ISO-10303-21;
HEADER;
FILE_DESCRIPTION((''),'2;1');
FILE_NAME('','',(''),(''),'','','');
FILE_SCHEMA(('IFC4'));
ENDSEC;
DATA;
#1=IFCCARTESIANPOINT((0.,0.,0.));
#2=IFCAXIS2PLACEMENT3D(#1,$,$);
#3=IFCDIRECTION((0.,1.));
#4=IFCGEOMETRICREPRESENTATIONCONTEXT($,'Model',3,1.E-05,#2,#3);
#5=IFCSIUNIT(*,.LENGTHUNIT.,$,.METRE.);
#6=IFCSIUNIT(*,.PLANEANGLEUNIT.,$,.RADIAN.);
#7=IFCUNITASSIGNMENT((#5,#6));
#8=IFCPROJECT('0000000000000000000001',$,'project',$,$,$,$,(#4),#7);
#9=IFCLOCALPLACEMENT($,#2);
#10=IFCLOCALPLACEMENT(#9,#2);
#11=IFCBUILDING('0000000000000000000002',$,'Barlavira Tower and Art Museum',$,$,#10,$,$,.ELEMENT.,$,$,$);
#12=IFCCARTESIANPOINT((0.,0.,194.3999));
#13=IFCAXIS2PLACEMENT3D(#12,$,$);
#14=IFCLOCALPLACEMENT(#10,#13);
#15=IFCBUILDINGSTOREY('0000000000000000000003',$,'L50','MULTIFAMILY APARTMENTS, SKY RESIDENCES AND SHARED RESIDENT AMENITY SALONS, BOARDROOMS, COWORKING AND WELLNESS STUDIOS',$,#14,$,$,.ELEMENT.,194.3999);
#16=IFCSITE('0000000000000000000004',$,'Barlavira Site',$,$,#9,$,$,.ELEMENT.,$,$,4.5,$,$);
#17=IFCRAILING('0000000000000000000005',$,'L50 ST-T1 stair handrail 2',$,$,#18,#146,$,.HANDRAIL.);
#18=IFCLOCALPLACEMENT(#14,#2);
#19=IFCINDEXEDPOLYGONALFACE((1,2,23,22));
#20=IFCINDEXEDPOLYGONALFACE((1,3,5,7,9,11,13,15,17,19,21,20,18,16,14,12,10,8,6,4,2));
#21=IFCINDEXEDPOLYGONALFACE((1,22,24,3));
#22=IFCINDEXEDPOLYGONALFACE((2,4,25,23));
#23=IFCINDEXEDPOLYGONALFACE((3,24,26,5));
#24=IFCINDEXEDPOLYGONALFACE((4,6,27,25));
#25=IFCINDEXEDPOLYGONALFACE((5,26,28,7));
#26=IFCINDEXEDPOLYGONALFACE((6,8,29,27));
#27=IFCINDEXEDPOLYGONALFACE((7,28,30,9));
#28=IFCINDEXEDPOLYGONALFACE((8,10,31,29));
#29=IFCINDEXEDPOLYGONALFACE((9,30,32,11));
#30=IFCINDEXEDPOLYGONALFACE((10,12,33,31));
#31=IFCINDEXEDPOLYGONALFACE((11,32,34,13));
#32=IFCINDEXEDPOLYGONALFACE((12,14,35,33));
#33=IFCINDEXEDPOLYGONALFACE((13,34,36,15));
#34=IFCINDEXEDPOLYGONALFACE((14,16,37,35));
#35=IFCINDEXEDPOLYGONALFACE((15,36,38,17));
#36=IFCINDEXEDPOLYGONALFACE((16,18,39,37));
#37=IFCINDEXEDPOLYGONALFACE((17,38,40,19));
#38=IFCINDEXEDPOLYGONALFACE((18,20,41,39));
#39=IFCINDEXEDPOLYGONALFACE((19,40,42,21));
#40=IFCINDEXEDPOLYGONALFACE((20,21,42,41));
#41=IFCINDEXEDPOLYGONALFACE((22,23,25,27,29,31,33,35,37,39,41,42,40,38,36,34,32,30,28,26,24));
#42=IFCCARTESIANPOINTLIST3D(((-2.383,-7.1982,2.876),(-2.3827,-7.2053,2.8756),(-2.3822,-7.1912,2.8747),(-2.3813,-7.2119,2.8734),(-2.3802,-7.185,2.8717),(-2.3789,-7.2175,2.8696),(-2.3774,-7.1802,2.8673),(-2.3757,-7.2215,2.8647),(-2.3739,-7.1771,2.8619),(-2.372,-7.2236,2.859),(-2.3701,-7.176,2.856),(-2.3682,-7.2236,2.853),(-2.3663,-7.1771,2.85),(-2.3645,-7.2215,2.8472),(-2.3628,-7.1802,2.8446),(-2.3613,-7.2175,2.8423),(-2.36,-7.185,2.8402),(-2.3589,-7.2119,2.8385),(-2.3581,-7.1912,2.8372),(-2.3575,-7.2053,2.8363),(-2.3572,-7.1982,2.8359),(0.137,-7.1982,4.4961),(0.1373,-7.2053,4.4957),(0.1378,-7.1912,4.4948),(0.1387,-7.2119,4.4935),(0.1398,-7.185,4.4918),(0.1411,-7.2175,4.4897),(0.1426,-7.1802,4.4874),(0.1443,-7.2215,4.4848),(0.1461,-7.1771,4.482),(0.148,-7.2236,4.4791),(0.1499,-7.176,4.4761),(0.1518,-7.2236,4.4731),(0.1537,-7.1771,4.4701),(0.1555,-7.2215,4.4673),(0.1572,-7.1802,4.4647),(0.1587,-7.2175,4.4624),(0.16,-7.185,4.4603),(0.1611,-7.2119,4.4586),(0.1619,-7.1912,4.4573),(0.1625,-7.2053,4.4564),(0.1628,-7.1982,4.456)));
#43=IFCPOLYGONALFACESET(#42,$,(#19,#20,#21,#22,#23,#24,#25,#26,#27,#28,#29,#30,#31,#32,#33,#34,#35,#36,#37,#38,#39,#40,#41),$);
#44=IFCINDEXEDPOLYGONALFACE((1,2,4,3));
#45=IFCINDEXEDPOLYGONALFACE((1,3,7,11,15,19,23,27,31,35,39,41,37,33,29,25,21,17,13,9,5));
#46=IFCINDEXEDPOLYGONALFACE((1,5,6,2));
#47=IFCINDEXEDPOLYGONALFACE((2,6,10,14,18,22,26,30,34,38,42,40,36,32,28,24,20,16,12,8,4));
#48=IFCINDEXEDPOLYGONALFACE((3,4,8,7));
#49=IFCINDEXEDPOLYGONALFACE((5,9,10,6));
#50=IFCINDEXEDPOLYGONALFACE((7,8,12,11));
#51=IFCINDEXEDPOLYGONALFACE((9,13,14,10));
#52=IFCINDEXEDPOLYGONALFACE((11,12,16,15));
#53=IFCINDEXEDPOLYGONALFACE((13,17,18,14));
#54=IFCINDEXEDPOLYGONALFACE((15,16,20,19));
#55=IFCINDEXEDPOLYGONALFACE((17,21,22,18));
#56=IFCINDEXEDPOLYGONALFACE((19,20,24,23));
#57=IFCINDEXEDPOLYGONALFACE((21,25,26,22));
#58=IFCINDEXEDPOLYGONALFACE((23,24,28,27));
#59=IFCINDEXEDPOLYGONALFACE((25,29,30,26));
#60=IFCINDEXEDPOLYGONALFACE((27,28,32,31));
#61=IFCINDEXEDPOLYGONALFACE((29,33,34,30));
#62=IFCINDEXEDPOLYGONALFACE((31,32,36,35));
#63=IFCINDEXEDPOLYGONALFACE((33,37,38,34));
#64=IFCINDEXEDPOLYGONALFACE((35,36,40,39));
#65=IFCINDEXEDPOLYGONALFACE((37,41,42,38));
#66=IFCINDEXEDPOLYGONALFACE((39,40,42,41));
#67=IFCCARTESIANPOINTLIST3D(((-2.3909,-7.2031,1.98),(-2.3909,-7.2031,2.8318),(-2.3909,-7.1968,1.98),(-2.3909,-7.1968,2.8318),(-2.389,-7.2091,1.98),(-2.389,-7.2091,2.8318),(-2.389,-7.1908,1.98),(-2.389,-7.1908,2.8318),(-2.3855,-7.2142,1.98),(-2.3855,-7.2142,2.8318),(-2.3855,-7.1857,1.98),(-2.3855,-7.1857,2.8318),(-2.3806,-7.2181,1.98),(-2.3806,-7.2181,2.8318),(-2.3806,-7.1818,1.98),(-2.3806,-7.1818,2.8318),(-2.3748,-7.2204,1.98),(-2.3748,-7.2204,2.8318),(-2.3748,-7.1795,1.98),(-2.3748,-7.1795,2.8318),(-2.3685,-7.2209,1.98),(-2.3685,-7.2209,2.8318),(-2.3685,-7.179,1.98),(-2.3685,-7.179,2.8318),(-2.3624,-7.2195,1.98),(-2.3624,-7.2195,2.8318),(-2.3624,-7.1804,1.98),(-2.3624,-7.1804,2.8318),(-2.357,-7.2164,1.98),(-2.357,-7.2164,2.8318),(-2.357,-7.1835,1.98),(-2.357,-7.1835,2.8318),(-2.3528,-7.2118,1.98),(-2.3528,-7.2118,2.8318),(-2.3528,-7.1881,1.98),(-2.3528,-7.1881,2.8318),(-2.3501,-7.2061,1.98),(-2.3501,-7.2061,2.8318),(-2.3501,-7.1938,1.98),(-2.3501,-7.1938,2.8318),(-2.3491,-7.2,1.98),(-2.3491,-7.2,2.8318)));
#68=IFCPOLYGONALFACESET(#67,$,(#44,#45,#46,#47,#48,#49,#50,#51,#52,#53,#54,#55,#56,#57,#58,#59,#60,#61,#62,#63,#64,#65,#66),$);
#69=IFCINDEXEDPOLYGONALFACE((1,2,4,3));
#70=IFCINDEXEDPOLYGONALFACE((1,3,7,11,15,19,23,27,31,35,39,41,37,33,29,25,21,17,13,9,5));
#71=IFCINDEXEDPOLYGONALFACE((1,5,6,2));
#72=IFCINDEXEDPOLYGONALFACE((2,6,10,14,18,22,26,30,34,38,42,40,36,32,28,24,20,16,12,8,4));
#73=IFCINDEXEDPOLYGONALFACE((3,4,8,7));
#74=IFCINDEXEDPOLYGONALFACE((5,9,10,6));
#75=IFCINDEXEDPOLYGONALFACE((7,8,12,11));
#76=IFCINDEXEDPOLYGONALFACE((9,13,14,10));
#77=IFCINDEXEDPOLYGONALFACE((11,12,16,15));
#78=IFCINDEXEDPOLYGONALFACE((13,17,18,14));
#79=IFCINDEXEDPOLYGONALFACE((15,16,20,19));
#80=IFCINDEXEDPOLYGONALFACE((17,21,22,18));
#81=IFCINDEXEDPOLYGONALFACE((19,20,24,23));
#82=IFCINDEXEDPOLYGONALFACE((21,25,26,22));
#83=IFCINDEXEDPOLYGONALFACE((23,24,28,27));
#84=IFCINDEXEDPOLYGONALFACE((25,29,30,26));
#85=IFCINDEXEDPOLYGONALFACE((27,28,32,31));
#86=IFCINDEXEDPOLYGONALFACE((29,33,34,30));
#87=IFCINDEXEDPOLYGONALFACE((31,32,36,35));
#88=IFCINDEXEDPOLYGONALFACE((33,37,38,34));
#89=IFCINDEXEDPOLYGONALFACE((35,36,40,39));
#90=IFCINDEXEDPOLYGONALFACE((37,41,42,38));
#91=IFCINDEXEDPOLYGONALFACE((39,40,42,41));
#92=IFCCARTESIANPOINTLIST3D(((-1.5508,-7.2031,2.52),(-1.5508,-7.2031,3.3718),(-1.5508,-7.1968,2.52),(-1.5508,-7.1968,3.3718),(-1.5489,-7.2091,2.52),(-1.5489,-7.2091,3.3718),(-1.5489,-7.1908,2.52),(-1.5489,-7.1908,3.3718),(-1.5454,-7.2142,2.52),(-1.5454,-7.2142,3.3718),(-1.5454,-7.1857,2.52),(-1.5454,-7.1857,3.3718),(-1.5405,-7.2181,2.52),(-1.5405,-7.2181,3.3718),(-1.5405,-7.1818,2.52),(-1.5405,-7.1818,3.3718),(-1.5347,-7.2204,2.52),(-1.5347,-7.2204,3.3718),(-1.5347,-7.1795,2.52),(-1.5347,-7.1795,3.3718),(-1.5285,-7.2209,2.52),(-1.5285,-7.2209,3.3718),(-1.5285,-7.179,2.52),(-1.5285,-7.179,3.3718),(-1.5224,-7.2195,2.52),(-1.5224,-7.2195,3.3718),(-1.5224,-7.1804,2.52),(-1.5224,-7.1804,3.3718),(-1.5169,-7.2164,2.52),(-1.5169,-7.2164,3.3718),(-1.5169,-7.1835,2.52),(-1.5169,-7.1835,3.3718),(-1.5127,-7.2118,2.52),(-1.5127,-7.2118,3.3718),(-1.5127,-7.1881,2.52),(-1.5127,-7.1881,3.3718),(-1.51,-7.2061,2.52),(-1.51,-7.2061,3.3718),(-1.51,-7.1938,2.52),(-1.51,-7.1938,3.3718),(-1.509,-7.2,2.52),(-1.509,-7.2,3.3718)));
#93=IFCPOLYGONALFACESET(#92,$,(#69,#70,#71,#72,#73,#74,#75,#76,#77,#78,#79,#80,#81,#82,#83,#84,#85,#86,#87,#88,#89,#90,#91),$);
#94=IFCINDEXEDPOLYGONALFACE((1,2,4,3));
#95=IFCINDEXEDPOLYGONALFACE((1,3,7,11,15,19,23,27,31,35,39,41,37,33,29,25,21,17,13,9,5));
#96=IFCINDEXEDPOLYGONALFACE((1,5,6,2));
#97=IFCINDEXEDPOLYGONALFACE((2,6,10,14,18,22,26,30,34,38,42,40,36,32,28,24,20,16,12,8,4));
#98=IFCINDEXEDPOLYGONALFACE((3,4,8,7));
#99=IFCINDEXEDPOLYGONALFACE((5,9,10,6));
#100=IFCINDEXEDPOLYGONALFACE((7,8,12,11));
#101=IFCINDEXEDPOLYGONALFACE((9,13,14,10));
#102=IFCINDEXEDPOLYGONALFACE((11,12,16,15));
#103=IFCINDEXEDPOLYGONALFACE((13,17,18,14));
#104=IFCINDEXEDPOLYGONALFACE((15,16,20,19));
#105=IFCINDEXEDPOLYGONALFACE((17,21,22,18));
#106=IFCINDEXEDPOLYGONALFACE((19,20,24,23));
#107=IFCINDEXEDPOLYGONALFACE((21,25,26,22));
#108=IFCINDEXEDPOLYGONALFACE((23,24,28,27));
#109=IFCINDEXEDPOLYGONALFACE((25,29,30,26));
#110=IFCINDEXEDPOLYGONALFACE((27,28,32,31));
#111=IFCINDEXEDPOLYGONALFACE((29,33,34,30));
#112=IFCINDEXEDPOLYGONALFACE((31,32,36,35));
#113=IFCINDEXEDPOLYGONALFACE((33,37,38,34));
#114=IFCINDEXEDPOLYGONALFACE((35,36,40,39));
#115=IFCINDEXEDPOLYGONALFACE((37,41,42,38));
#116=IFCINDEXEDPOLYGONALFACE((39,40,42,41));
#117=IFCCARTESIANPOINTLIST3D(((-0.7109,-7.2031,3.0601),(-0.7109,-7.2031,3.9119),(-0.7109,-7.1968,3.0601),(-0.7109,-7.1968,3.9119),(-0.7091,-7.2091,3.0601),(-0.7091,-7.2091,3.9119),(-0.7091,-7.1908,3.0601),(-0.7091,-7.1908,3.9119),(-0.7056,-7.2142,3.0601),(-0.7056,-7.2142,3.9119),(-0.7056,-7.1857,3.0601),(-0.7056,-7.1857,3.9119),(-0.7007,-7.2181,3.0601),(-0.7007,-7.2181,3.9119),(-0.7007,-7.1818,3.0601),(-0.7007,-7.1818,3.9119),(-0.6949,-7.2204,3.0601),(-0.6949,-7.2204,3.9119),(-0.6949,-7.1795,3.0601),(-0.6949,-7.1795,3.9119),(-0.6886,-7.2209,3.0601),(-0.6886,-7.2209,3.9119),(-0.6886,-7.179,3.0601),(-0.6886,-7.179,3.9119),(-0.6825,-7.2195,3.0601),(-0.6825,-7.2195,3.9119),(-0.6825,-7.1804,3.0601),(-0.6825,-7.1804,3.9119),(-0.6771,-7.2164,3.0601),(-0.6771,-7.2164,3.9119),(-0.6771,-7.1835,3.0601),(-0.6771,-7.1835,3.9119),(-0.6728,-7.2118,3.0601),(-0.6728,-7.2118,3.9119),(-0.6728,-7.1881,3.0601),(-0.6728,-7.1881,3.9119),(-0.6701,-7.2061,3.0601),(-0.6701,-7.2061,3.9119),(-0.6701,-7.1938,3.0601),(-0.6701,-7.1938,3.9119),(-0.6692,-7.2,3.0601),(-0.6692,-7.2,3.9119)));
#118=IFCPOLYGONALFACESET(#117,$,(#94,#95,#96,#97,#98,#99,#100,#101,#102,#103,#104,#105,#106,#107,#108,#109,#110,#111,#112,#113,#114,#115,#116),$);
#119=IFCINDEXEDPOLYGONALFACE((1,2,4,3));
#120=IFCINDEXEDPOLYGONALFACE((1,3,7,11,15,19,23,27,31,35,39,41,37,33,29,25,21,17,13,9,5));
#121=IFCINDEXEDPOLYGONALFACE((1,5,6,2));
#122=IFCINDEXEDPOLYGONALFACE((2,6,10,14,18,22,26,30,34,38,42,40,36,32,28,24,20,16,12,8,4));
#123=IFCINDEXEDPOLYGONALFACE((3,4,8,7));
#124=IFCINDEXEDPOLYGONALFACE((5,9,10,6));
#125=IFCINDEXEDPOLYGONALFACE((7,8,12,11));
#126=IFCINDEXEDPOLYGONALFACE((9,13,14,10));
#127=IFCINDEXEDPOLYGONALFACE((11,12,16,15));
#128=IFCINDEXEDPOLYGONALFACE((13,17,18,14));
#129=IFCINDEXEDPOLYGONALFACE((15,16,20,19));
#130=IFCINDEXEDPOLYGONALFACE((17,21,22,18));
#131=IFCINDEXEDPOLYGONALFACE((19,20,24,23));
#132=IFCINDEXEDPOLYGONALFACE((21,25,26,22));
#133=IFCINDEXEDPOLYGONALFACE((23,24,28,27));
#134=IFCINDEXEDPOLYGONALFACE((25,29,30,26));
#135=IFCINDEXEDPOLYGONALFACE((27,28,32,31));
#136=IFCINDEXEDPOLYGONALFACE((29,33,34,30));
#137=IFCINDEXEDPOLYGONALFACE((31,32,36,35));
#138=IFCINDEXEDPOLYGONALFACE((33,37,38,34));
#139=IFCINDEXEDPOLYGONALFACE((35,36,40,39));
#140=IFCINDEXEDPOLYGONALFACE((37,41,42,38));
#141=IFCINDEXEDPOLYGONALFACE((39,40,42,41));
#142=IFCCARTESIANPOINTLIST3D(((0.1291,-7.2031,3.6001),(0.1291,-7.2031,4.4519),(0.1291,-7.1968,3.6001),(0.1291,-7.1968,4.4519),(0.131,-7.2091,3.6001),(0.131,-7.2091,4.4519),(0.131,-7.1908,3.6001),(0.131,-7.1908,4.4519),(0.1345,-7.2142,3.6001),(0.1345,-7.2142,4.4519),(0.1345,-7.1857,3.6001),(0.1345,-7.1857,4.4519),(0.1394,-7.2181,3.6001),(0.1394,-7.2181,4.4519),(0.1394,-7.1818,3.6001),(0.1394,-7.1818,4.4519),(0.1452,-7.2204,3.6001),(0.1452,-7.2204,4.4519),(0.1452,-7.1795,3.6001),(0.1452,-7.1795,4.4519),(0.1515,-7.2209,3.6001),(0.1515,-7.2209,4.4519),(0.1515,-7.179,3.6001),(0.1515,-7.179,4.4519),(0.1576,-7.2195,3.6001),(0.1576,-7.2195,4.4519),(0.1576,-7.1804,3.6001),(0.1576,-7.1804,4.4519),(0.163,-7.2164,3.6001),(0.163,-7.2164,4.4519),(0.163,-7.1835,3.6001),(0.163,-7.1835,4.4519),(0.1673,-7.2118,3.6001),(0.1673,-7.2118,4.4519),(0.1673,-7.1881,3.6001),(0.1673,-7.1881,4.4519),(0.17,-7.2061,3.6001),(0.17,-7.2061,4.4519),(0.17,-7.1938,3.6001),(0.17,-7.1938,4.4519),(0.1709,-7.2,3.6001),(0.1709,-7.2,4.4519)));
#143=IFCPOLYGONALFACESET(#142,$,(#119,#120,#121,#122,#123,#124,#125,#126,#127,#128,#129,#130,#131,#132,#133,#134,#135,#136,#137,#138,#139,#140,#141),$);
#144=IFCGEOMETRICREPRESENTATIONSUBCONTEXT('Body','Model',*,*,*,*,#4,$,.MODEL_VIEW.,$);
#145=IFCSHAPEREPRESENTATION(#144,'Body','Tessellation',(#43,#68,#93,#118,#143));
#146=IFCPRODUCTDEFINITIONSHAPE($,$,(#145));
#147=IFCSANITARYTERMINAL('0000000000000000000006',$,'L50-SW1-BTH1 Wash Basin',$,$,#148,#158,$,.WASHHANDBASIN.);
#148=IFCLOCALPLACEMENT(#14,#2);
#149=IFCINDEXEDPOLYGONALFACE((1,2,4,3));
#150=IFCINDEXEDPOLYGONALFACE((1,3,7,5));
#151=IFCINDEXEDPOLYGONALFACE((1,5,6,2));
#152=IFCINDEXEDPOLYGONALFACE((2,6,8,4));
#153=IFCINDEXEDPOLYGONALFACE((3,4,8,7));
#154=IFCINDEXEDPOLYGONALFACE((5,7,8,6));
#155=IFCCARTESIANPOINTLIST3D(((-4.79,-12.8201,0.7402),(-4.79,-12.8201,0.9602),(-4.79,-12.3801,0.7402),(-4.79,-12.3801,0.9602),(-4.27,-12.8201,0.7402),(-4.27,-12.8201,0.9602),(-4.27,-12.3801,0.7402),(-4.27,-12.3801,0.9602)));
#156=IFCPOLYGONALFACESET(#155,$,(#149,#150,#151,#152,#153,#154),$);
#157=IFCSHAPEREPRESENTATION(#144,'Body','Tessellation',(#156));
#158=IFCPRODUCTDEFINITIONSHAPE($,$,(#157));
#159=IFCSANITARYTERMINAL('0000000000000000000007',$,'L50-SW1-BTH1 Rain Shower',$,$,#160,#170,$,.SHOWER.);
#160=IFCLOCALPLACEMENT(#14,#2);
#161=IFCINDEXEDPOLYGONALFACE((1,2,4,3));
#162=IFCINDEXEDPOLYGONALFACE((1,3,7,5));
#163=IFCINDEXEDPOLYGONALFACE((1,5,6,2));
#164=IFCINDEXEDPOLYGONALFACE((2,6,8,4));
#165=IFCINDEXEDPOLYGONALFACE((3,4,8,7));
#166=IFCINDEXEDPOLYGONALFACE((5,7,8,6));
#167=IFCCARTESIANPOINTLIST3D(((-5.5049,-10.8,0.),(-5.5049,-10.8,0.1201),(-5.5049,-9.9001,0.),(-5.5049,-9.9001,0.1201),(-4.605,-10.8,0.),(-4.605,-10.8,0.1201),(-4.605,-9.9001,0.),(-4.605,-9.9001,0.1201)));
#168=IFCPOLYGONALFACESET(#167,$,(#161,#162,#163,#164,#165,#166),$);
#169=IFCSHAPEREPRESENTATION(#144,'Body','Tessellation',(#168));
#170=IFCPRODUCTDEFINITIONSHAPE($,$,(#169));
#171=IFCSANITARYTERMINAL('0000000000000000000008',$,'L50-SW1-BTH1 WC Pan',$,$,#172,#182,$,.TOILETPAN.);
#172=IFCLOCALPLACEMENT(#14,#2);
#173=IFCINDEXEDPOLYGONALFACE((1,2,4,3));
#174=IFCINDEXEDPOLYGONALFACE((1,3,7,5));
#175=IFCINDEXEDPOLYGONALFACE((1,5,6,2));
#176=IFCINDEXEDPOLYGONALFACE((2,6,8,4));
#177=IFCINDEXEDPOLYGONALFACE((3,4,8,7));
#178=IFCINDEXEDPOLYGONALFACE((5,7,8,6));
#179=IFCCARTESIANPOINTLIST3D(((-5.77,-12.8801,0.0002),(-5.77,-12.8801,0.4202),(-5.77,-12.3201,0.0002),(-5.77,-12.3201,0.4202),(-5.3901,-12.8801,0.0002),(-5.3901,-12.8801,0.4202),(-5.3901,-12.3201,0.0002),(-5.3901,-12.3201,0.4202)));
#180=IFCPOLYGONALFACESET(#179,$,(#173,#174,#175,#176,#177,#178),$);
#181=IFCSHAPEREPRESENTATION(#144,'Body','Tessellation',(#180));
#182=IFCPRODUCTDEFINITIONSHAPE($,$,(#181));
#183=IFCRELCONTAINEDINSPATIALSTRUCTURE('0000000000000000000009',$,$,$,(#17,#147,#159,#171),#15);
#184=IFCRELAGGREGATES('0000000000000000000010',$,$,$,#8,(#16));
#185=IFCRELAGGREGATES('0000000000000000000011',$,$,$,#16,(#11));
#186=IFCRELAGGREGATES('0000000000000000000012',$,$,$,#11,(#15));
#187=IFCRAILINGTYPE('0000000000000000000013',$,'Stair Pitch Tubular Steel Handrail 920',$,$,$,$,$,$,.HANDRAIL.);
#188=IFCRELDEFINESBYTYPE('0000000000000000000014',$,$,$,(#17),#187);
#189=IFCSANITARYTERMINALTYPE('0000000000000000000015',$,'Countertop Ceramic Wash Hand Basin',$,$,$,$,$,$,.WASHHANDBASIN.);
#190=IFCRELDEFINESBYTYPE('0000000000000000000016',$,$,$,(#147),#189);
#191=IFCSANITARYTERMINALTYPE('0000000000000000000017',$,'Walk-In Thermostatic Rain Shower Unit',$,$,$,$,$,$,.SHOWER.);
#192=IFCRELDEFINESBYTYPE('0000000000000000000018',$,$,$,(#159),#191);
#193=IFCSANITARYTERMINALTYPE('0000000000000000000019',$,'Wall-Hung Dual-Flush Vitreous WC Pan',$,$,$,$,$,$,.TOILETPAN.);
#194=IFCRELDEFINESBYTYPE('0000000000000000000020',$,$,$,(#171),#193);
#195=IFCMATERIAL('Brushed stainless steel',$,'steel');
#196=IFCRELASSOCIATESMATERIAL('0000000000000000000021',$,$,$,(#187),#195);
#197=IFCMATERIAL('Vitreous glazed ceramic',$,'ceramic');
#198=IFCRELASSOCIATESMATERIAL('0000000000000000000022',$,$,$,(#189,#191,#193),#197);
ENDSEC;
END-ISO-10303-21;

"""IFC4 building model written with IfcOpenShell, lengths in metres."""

from ifc_helpers import new_model, si_unit, direction, frame, origin, origin_2d, place, context, subcontext, project, spatial, rectangle, circle, extrude, material, type_object, element, save


model = new_model("IFC4")

# Units and contexts
model_context = context("Model", 3, precision=1e-05, world=origin(), true_north=direction((0.0, 1.0)))
body_context = subcontext(model_context, "Body", "Model", "MODEL_VIEW")
ifc_project = project(units=[si_unit("LENGTHUNIT", "METRE"), si_unit("PLANEANGLEUNIT", "RADIAN")], contexts=[model_context])

# Site, building, storey
site_placement = place(None, origin())
site = spatial("IfcSite", under=ifc_project, at=site_placement, Name="Barlavira Site", CompositionType="ELEMENT", RefElevation=4.5)
building_placement = place(site_placement, origin())
building = spatial("IfcBuilding", under=site, at=building_placement, Name="Barlavira Tower and Art Museum", CompositionType="ELEMENT")
storey_placement = place(building_placement, frame((0.0, 0.0, 194.3999)))
storey = spatial("IfcBuildingStorey", under=building, at=storey_placement, Name="L50", Description="MULTIFAMILY APARTMENTS, SKY RESIDENCES AND SHARED RESIDENT AMENITY SALONS, BOARDROOMS, COWORKING AND WELLNESS STUDIOS", CompositionType="ELEMENT", Elevation=194.3999)

# Shared definitions
ifc_material_1 = material(Name="Brushed stainless steel", Category="steel")

# Railing
railing_type_1 = type_object("IfcRailingType", Name="Stair Pitch Tubular Steel Handrail 920", PredefinedType="HANDRAIL", material=ifc_material_1)
railing_1_placement = place(storey_placement, frame((-2.3701, -7.2, 1.98)))
element("IfcRailing", 1, at=railing_1_placement, inside=storey, type_object=railing_type_1, Name="L50 ST-T1 stair handrail 2", PredefinedType="HANDRAIL", context=body_context, shape_type="SweptSolid", body=[
    extrude(circle(Radius=0.0239, at=origin_2d()), frame((0.0, 0.0, 0.876), z_axis=(0.841163, 0.0, 0.540782), x_axis=(0.0, 1.0, 0.0)), (0.0, 0.0, 1.0), 2.9958),
    extrude(circle(Radius=0.021, at=origin_2d()), origin(), (0.0, 0.0, 1.0), 0.8518),
    extrude(circle(Radius=0.021, at=origin_2d()), frame((0.8401, 0.0, 0.54)), (0.0, 0.0, 1.0), 0.8518),
    extrude(circle(Radius=0.021, at=origin_2d()), frame((1.6799, 0.0, 1.0801)), (0.0, 0.0, 1.0), 0.8518),
    extrude(circle(Radius=0.021, at=origin_2d()), frame((2.52, 0.0, 1.6201)), (0.0, 0.0, 1.0), 0.8518),
])

# Sanitary terminals
ifc_material_2 = material(Name="Vitreous glazed ceramic", Category="ceramic")
sanitary_terminal_type_1 = type_object("IfcSanitaryTerminalType", Name="Countertop Ceramic Wash Hand Basin", PredefinedType="WASHHANDBASIN", material=ifc_material_2)
sanitary_terminal_1_placement = place(storey_placement, frame((-4.53, -12.6001, 0.7402), z_axis=(0.0, 0.0, 1.0), x_axis=(1.0, 0.0, 0.0)))
element("IfcSanitaryTerminal", 2, at=sanitary_terminal_1_placement, inside=storey, type_object=sanitary_terminal_type_1, Name="L50-SW1-BTH1 Wash Basin", PredefinedType="WASHHANDBASIN", context=body_context, shape_type="SweptSolid", body=[
    extrude(rectangle(XDim=0.52, YDim=0.4399, at=origin_2d()), origin(), (0.0, 0.0, 1.0), 0.22),
])
sanitary_terminal_type_2 = type_object("IfcSanitaryTerminalType", Name="Walk-In Thermostatic Rain Shower Unit", PredefinedType="SHOWER", material=ifc_material_2)
sanitary_terminal_2_placement = place(storey_placement, frame((-5.0549, -10.3501, 0.0), z_axis=(0.0, 0.0, 1.0), x_axis=(1.0, 0.0, 0.0)))
element("IfcSanitaryTerminal", 3, at=sanitary_terminal_2_placement, inside=storey, type_object=sanitary_terminal_type_2, Name="L50-SW1-BTH1 Rain Shower", PredefinedType="SHOWER", context=body_context, shape_type="SweptSolid", body=[
    extrude(rectangle(XDim=0.8999, YDim=0.8999, at=origin_2d()), origin(), (0.0, 0.0, 1.0), 0.1201),
])
sanitary_terminal_type_3 = type_object("IfcSanitaryTerminalType", Name="Wall-Hung Dual-Flush Vitreous WC Pan", PredefinedType="TOILETPAN", material=ifc_material_2)
sanitary_terminal_3_placement = place(storey_placement, frame((-5.5801, -12.6001, 0.0002), z_axis=(0.0, 0.0, 1.0), x_axis=(1.0, 0.0, 0.0)))
element("IfcSanitaryTerminal", 4, at=sanitary_terminal_3_placement, inside=storey, type_object=sanitary_terminal_type_3, Name="L50-SW1-BTH1 WC Pan", PredefinedType="TOILETPAN", context=body_context, shape_type="SweptSolid", body=[
    extrude(rectangle(XDim=0.3799, YDim=0.5601, at=origin_2d()), origin(), (0.0, 0.0, 1.0), 0.4199),
])

save(model, "model.ifc")
